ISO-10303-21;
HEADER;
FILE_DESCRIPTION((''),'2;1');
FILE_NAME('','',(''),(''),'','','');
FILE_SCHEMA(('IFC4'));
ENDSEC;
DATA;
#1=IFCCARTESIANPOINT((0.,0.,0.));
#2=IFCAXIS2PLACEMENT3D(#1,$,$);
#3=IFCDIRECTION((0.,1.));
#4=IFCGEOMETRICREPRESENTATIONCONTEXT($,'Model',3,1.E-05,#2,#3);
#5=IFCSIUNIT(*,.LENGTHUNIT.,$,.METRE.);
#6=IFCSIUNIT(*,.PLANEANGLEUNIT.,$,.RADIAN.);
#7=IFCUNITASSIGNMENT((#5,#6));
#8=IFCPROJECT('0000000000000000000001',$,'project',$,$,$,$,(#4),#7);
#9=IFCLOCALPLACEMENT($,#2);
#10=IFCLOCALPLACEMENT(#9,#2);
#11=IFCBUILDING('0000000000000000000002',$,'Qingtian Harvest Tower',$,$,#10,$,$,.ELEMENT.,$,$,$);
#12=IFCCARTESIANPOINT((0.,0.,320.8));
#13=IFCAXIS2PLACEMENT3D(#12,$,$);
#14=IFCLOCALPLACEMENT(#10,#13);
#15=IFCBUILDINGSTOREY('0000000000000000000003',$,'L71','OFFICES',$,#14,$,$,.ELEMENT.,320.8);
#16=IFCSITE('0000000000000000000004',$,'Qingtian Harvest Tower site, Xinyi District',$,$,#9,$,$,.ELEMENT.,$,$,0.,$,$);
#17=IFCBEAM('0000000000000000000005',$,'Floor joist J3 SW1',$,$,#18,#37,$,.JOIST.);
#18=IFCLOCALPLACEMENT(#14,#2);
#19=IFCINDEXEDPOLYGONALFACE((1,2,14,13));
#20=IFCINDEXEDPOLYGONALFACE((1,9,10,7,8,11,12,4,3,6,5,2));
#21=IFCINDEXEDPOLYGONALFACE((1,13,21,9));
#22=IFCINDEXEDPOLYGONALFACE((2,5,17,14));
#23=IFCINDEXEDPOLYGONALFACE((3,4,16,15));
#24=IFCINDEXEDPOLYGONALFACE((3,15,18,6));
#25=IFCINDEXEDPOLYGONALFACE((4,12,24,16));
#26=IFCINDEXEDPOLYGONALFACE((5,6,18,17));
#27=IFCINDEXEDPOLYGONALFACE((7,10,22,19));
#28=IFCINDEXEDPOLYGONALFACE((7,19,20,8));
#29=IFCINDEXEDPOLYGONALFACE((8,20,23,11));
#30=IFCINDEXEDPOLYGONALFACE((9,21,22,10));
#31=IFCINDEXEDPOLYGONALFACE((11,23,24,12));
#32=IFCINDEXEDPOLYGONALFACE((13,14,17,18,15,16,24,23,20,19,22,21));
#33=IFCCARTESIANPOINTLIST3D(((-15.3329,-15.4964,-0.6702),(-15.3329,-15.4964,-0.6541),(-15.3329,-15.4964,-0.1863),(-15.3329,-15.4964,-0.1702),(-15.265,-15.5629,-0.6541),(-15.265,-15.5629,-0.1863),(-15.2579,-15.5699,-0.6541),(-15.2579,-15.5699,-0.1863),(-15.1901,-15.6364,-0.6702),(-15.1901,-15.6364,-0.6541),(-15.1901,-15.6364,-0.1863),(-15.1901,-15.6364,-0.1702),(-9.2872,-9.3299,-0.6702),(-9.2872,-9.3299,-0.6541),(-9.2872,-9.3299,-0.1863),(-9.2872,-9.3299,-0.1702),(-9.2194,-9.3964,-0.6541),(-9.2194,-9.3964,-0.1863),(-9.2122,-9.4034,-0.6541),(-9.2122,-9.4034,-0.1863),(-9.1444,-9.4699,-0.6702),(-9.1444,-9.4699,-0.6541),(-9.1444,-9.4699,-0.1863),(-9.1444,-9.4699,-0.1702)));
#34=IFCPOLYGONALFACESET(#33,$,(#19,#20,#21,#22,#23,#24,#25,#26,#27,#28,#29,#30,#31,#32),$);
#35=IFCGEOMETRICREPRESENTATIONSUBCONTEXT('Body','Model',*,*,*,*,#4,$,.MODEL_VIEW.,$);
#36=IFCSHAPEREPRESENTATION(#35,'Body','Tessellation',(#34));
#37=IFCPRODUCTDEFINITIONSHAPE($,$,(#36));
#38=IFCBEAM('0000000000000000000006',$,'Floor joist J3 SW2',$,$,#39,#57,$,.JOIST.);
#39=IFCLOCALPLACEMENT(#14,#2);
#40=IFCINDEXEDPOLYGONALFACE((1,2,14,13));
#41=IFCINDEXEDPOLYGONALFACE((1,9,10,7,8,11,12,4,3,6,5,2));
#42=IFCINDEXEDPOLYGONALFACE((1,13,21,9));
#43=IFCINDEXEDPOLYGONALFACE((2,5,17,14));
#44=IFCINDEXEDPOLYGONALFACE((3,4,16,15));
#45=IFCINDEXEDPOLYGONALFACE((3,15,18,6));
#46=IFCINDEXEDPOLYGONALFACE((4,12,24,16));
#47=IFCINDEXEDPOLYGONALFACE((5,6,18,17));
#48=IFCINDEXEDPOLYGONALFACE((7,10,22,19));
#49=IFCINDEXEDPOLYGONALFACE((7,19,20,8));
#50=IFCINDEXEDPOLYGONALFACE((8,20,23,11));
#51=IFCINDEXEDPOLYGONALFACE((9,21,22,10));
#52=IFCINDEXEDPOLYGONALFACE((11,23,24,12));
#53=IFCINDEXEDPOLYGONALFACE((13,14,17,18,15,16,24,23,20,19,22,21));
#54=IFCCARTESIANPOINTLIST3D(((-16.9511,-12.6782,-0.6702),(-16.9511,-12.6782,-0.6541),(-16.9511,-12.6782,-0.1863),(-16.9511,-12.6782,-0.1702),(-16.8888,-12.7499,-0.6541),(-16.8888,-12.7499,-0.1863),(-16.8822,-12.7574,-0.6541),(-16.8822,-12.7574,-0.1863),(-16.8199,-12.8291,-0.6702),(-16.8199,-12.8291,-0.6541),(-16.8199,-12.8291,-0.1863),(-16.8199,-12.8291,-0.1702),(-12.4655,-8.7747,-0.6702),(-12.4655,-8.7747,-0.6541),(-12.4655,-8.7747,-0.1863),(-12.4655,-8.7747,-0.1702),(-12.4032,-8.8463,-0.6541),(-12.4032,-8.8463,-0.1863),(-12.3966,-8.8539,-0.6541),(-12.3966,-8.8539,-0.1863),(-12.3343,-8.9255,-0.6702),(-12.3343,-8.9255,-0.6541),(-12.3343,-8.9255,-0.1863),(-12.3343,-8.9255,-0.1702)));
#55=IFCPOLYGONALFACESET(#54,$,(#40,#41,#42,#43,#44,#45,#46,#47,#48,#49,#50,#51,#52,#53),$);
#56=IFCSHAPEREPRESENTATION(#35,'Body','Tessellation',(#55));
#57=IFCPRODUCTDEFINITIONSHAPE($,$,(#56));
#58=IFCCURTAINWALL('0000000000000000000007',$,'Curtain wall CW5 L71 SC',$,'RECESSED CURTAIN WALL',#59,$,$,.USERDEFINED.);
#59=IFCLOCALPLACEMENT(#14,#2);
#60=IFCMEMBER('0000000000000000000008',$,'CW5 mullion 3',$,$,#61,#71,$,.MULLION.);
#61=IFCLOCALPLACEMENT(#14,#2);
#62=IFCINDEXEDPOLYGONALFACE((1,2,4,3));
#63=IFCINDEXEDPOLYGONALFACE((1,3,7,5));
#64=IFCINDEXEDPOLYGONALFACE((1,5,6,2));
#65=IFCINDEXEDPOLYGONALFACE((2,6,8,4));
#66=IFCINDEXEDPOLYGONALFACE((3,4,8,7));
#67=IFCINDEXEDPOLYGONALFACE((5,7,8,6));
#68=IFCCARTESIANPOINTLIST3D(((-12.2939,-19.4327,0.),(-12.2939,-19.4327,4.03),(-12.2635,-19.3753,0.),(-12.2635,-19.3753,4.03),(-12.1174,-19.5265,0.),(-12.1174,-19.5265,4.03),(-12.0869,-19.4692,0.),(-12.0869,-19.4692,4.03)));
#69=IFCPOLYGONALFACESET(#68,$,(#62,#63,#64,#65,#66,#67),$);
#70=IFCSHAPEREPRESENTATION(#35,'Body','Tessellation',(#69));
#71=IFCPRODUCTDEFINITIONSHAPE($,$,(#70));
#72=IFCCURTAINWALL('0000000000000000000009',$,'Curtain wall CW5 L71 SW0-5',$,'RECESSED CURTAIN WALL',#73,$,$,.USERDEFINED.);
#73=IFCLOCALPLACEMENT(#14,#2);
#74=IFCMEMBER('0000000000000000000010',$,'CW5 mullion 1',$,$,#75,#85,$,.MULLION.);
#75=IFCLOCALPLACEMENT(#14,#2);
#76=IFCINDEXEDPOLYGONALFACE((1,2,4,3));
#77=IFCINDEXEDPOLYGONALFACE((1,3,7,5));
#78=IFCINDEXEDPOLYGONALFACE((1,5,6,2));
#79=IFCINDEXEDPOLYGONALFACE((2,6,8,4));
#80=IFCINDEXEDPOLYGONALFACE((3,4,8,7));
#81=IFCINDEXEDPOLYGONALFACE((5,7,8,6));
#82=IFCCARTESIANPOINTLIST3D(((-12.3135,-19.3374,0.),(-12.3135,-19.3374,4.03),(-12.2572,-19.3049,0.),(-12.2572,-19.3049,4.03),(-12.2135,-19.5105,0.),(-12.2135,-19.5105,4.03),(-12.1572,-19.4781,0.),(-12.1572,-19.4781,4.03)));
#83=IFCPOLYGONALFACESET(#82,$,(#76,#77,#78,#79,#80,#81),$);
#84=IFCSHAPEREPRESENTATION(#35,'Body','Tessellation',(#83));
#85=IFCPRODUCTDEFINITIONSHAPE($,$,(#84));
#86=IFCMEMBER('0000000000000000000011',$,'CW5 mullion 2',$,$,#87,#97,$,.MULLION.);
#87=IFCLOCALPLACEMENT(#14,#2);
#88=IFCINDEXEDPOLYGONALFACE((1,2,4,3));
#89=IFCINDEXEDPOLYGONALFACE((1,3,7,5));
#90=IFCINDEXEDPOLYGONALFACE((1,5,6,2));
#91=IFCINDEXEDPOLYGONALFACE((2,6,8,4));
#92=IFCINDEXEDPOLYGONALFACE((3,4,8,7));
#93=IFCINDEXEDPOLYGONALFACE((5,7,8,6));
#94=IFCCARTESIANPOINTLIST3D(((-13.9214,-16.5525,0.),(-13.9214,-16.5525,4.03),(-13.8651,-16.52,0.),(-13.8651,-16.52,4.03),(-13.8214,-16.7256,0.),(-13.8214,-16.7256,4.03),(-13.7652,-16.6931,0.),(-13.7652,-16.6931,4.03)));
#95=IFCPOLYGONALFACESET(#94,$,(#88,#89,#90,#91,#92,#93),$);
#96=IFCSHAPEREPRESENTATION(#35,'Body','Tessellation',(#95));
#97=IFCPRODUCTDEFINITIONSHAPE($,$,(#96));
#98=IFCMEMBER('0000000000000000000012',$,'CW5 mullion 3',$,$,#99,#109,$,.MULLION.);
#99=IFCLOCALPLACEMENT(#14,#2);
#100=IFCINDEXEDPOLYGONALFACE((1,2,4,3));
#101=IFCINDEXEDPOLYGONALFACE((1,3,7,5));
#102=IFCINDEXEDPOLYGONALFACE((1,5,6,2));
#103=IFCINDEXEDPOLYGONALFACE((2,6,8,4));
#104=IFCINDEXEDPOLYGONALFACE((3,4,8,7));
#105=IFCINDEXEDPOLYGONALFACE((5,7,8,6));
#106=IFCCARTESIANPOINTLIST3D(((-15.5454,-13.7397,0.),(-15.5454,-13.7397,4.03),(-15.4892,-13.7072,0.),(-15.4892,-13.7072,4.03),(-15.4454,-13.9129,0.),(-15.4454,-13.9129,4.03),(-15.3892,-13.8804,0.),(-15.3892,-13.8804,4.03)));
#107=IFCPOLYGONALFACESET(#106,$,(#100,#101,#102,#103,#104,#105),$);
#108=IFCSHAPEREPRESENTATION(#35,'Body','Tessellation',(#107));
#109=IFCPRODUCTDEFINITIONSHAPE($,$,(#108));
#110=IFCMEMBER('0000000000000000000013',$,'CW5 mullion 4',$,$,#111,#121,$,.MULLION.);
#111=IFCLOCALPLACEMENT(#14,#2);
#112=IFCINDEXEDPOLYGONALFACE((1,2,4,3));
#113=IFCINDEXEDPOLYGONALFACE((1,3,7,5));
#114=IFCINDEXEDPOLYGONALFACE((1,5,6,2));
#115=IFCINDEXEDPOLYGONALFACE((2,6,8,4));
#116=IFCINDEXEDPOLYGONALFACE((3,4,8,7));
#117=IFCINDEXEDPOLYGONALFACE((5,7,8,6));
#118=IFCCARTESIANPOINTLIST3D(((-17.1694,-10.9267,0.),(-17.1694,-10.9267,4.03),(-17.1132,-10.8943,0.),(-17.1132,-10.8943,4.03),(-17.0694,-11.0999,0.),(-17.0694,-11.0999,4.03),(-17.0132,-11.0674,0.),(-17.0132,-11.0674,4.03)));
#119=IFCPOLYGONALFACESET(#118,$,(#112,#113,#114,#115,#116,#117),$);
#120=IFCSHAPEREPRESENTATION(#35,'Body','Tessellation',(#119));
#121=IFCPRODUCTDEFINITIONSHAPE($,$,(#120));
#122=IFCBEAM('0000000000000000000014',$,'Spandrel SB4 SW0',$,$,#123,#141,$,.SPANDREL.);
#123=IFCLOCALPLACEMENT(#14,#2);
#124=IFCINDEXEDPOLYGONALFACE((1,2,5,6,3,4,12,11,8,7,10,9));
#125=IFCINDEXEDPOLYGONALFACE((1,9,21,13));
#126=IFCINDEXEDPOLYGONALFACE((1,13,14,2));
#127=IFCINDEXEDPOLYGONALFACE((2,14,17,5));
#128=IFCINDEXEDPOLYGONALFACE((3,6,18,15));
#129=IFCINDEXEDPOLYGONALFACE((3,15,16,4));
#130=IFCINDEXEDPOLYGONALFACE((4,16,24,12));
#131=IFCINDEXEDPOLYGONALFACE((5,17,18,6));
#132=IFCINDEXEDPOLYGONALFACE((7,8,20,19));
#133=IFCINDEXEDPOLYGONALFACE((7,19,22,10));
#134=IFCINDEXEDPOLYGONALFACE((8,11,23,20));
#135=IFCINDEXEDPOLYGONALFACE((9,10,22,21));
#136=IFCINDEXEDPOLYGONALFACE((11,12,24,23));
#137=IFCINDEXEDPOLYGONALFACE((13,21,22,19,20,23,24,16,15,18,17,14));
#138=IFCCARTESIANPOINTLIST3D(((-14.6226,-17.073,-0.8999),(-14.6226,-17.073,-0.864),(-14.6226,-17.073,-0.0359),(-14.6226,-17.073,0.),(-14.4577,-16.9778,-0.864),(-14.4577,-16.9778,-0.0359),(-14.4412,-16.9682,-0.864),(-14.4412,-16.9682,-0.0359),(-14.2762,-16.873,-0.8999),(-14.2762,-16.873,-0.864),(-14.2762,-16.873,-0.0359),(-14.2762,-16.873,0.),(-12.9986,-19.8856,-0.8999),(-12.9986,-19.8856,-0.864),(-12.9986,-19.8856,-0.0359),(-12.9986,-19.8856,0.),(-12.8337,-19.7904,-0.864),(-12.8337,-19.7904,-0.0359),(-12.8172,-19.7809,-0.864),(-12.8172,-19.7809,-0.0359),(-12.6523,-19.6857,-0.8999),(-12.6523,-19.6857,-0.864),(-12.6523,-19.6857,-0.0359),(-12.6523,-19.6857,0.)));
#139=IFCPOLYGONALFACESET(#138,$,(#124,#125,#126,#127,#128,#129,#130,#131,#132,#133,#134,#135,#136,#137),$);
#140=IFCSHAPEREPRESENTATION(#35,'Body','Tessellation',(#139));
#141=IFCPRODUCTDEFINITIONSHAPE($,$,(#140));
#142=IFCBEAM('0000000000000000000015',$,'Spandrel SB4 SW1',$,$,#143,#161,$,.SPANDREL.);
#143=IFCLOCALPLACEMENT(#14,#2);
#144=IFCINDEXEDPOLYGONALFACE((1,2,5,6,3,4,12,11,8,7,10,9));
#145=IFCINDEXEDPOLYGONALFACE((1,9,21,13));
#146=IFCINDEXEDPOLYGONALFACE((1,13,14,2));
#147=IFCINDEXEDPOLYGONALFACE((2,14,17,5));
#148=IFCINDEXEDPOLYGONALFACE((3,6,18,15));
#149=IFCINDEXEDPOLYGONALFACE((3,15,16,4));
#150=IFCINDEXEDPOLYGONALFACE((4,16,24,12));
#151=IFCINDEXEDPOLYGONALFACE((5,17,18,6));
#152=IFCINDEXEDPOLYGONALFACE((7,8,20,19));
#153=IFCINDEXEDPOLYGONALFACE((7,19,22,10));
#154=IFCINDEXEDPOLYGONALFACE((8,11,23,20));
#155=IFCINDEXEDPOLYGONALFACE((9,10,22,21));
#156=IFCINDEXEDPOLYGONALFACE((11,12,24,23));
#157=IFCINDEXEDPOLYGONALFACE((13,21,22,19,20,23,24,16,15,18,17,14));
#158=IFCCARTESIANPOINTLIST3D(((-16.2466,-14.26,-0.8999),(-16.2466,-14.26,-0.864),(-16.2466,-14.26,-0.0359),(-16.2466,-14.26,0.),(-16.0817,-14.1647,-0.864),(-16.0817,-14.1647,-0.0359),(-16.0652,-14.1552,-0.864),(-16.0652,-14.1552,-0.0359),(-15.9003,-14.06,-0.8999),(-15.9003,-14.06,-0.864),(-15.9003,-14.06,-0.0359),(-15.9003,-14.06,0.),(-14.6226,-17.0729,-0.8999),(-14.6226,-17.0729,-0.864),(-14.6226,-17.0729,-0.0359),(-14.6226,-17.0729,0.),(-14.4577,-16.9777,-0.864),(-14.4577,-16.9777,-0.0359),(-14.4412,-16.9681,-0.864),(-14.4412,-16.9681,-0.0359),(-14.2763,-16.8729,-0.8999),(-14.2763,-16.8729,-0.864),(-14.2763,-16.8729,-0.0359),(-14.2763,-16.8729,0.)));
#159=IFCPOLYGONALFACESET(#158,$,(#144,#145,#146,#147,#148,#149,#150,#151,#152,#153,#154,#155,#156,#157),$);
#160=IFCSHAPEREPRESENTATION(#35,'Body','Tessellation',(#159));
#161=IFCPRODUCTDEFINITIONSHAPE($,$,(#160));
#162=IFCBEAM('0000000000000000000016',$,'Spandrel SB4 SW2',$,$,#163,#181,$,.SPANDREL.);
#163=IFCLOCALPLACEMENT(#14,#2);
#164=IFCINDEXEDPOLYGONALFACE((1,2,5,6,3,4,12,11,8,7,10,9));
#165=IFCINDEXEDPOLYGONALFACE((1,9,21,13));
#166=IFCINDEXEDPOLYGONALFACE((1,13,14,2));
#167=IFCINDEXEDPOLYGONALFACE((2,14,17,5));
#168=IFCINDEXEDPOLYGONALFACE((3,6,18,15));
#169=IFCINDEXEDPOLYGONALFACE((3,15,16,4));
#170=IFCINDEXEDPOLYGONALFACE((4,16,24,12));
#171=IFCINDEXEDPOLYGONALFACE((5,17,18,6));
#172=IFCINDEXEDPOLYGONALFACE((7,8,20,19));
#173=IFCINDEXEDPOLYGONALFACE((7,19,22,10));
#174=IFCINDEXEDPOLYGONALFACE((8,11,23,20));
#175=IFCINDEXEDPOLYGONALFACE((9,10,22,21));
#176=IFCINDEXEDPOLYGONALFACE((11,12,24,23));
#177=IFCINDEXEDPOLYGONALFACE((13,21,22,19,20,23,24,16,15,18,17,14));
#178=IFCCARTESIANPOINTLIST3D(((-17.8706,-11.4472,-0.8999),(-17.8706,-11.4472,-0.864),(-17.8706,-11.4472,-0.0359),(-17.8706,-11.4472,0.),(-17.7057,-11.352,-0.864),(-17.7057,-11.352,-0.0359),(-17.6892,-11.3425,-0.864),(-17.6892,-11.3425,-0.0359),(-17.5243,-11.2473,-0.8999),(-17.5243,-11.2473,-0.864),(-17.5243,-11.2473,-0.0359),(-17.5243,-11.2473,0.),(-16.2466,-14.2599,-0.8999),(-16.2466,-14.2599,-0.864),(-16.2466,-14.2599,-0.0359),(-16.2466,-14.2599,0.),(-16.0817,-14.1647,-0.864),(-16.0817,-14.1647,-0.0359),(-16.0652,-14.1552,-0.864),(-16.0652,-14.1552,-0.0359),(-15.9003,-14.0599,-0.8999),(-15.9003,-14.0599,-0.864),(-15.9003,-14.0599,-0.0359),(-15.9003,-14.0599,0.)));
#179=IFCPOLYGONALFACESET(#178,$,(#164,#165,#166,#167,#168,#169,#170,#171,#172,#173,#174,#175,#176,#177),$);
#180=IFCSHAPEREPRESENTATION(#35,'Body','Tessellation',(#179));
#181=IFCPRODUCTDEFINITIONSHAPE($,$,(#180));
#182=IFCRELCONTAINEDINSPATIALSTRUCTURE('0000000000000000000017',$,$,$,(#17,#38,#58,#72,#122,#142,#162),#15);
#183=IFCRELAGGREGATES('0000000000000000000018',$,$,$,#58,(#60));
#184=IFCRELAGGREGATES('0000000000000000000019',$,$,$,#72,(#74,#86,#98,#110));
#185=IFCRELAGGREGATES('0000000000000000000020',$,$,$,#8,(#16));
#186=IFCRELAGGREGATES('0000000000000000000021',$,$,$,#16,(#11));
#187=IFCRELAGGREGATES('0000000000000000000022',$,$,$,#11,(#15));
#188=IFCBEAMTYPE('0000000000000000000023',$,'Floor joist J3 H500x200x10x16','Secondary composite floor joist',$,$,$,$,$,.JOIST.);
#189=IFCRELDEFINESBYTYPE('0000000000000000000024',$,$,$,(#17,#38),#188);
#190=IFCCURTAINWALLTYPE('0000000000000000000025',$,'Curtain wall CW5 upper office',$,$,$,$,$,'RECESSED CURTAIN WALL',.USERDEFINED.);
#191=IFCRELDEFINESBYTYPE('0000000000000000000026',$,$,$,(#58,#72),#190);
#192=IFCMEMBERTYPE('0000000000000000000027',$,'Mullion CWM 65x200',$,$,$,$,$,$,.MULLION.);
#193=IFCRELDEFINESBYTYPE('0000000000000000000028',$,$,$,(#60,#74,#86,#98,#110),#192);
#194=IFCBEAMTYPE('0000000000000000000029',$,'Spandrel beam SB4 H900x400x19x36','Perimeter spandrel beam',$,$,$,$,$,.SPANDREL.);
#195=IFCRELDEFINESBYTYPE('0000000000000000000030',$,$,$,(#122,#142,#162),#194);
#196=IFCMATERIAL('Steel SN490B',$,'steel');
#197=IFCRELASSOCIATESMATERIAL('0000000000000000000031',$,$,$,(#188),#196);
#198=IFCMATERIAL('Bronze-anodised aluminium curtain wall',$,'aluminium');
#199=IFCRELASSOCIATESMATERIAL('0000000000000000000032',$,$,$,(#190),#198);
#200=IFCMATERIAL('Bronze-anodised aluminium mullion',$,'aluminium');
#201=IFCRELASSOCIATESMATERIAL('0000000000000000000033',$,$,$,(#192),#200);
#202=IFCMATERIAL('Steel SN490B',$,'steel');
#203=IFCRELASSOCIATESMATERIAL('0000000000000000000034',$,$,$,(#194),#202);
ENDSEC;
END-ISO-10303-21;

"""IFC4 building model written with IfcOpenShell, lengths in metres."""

from ifc_helpers import new_model, si_unit, direction, frame, origin, origin_2d, place, context, subcontext, project, spatial, rectangle, i_section, extrude, material, material_profile, profile_set, type_object, element, aggregate, save


model = new_model("IFC4")

# Units and contexts
model_context = context("Model", 3, precision=1e-05, world=origin(), true_north=direction((0.0, 1.0)))
body_context = subcontext(model_context, "Body", "Model", "MODEL_VIEW")
ifc_project = project(units=[si_unit("LENGTHUNIT", "METRE"), si_unit("PLANEANGLEUNIT", "RADIAN")], contexts=[model_context])

# Site, building, storey
site_placement = place(None, origin())
site = spatial("IfcSite", under=ifc_project, at=site_placement, Name="Qingtian Harvest Tower site, Xinyi District", CompositionType="ELEMENT", RefElevation=0.0)
building_placement = place(site_placement, origin())
building = spatial("IfcBuilding", under=site, at=building_placement, Name="Qingtian Harvest Tower", CompositionType="ELEMENT")
storey_placement = place(building_placement, frame((0.0, 0.0, 320.8)))
storey = spatial("IfcBuildingStorey", under=building, at=storey_placement, Name="L71", Description="OFFICES", CompositionType="ELEMENT", Elevation=320.8)

# Beams
ifc_material_1 = material(Name="Steel SN490B", Category="steel")
ifc_material_profile_1 = material_profile(ifc_material_1, i_section(OverallWidth=0.2, OverallDepth=0.5, WebThickness=0.01, FlangeThickness=0.0161, at=origin_2d()), Name="H500x200x10x16")
ifc_profile_set_1 = profile_set([ifc_material_profile_1], Name="Steel SN490B")
beam_type_1 = type_object("IfcBeamType", Name="Floor joist J3 H500x200x10x16", Description="Secondary composite floor joist", PredefinedType="JOIST", material=ifc_profile_set_1)
beam_1_placement = place(storey_placement, frame((-15.2615, -15.5664, -0.4202), z_axis=(0.700075, 0.714069, 0.0), x_axis=(-0.714069, 0.700075, 0.0)))
element("IfcBeam", 1, at=beam_1_placement, inside=storey, type_object=beam_type_1, Name="Floor joist J3 SW1", PredefinedType="JOIST", context=body_context, shape_type="SweptSolid", body=[
    extrude(i_section(OverallWidth=0.2, OverallDepth=0.5, WebThickness=0.01, FlangeThickness=0.0161, at=origin_2d()), origin(), (0.0, 0.0, 1.0), 8.6357),
])
beam_2_placement = place(storey_placement, frame((-16.8855, -12.7537, -0.4202), z_axis=(0.754352, 0.65647, 0.0), x_axis=(-0.65647, 0.754352, 0.0)))
element("IfcBeam", 2, at=beam_2_placement, inside=storey, type_object=beam_type_1, Name="Floor joist J3 SW2", PredefinedType="JOIST", context=body_context, shape_type="SweptSolid", body=[
    extrude(i_section(OverallWidth=0.2, OverallDepth=0.5, WebThickness=0.01, FlangeThickness=0.0161, at=origin_2d()), origin(), (0.0, 0.0, 1.0), 5.9463),
])

# Curtain wall, member
ifc_material_2 = material(Name="Bronze-anodised aluminium curtain wall", Category="aluminium")
curtain_wall_type = type_object("IfcCurtainWallType", Name="Curtain wall CW5 upper office", ElementType="RECESSED CURTAIN WALL", PredefinedType="USERDEFINED", material=ifc_material_2)
curtain_wall_1_placement = place(storey_placement, origin())
curtain_wall_1 = element("IfcCurtainWall", 3, at=curtain_wall_1_placement, inside=storey, type_object=curtain_wall_type, Name="Curtain wall CW5 L71 SC", ObjectType="RECESSED CURTAIN WALL", PredefinedType="USERDEFINED")
ifc_material_3 = material(Name="Bronze-anodised aluminium mullion", Category="aluminium")
ifc_material_profile_2 = material_profile(ifc_material_3, rectangle(XDim=0.0649, YDim=0.2, at=origin_2d()), Name="AL 65x200")
ifc_profile_set_2 = profile_set([ifc_material_profile_2], Name="Bronze-anodised aluminium mullion")
member_type_1 = type_object("IfcMemberType", Name="Mullion CWM 65x200", PredefinedType="MULLION", material=ifc_profile_set_2)
member_1_placement = place(storey_placement, frame((-12.1904, -19.4509, 0.0), z_axis=(0.0, 0.0, 1.0), x_axis=(-0.469472, -0.882948, 0.0)))
member_1 = element("IfcMember", 4, at=member_1_placement, type_object=member_type_1, Name="CW5 mullion 3", PredefinedType="MULLION", context=body_context, shape_type="SweptSolid", body=[
    extrude(rectangle(XDim=0.0649, YDim=0.2, at=origin_2d()), origin(), (0.0, 0.0, 1.0), 4.03),
])
aggregate(curtain_wall_1, [member_1])

# Curtain wall, members
curtain_wall_2_placement = place(storey_placement, origin())
curtain_wall_2 = element("IfcCurtainWall", 5, at=curtain_wall_2_placement, inside=storey, type_object=curtain_wall_type, Name="Curtain wall CW5 L71 SW0-5", ObjectType="RECESSED CURTAIN WALL", PredefinedType="USERDEFINED")
member_2_placement = place(storey_placement, frame((-12.2354, -19.4077, 0.0), z_axis=(0.0, 0.0, 1.0), x_axis=(-0.866025, -0.5, 0.0)))
member_2 = element("IfcMember", 6, at=member_2_placement, type_object=member_type_1, Name="CW5 mullion 1", PredefinedType="MULLION", context=body_context, shape_type="SweptSolid", body=[
    extrude(rectangle(XDim=0.0649, YDim=0.2, at=origin_2d()), origin(), (0.0, 0.0, 1.0), 4.03),
])
member_3_placement = place(storey_placement, frame((-13.8433, -16.6228, 0.0), z_axis=(0.0, 0.0, 1.0), x_axis=(-0.866025, -0.5, 0.0)))
member_3 = element("IfcMember", 7, at=member_3_placement, type_object=member_type_1, Name="CW5 mullion 2", PredefinedType="MULLION", context=body_context, shape_type="SweptSolid", body=[
    extrude(rectangle(XDim=0.0649, YDim=0.2, at=origin_2d()), origin(), (0.0, 0.0, 1.0), 4.03),
])
member_4_placement = place(storey_placement, frame((-15.4673, -13.8101, 0.0), z_axis=(0.0, 0.0, 1.0), x_axis=(-0.866025, -0.5, 0.0)))
member_4 = element("IfcMember", 8, at=member_4_placement, type_object=member_type_1, Name="CW5 mullion 3", PredefinedType="MULLION", context=body_context, shape_type="SweptSolid", body=[
    extrude(rectangle(XDim=0.0649, YDim=0.2, at=origin_2d()), origin(), (0.0, 0.0, 1.0), 4.03),
])
member_5_placement = place(storey_placement, frame((-17.0913, -10.9971, 0.0), z_axis=(0.0, 0.0, 1.0), x_axis=(-0.866025, -0.5, 0.0)))
member_5 = element("IfcMember", 9, at=member_5_placement, type_object=member_type_1, Name="CW5 mullion 4", PredefinedType="MULLION", context=body_context, shape_type="SweptSolid", body=[
    extrude(rectangle(XDim=0.0649, YDim=0.2, at=origin_2d()), origin(), (0.0, 0.0, 1.0), 4.03),
])

# Beams
ifc_material_4 = material(Name="Steel SN490B", Category="steel")
ifc_material_profile_3 = material_profile(ifc_material_4, i_section(OverallWidth=0.3999, OverallDepth=0.8999, WebThickness=0.019, FlangeThickness=0.0359, at=origin_2d()), Name="H900x400x19x36")
ifc_profile_set_3 = profile_set([ifc_material_profile_3], Name="Steel SN490B")
beam_type_2 = type_object("IfcBeamType", Name="Spandrel beam SB4 H900x400x19x36", Description="Perimeter spandrel beam", PredefinedType="SPANDREL", material=ifc_profile_set_3)
beam_3_placement = place(storey_placement, frame((-12.8254, -19.7856, -0.45), z_axis=(-0.50002, 0.866014, 0.0), x_axis=(-0.866014, -0.50002, 0.0)))
element("IfcBeam", 10, at=beam_3_placement, inside=storey, type_object=beam_type_2, Name="Spandrel SB4 SW0", PredefinedType="SPANDREL", context=body_context, shape_type="SweptSolid", body=[
    extrude(i_section(OverallWidth=0.3999, OverallDepth=0.8999, WebThickness=0.019, FlangeThickness=0.0359, at=origin_2d()), origin(), (0.0, 0.0, 1.0), 3.2478),
])
beam_4_placement = place(storey_placement, frame((-14.4495, -16.9729, -0.45), z_axis=(-0.499987, 0.866033, 0.0), x_axis=(-0.866033, -0.499987, 0.0)))
element("IfcBeam", 11, at=beam_4_placement, inside=storey, type_object=beam_type_2, Name="Spandrel SB4 SW1", PredefinedType="SPANDREL", context=body_context, shape_type="SweptSolid", body=[
    extrude(i_section(OverallWidth=0.3999, OverallDepth=0.8999, WebThickness=0.019, FlangeThickness=0.0359, at=origin_2d()), origin(), (0.0, 0.0, 1.0), 3.248),
])
beam_5_placement = place(storey_placement, frame((-16.0735, -14.1599, -0.45), z_axis=(-0.50002, 0.866014, 0.0), x_axis=(-0.866014, -0.50002, 0.0)))
element("IfcBeam", 12, at=beam_5_placement, inside=storey, type_object=beam_type_2, Name="Spandrel SB4 SW2", PredefinedType="SPANDREL", context=body_context, shape_type="SweptSolid", body=[
    extrude(i_section(OverallWidth=0.3999, OverallDepth=0.8999, WebThickness=0.019, FlangeThickness=0.0359, at=origin_2d()), origin(), (0.0, 0.0, 1.0), 3.2478),
])

aggregate(curtain_wall_2, [member_2, member_3, member_4, member_5])

save(model, "model.ifc")
